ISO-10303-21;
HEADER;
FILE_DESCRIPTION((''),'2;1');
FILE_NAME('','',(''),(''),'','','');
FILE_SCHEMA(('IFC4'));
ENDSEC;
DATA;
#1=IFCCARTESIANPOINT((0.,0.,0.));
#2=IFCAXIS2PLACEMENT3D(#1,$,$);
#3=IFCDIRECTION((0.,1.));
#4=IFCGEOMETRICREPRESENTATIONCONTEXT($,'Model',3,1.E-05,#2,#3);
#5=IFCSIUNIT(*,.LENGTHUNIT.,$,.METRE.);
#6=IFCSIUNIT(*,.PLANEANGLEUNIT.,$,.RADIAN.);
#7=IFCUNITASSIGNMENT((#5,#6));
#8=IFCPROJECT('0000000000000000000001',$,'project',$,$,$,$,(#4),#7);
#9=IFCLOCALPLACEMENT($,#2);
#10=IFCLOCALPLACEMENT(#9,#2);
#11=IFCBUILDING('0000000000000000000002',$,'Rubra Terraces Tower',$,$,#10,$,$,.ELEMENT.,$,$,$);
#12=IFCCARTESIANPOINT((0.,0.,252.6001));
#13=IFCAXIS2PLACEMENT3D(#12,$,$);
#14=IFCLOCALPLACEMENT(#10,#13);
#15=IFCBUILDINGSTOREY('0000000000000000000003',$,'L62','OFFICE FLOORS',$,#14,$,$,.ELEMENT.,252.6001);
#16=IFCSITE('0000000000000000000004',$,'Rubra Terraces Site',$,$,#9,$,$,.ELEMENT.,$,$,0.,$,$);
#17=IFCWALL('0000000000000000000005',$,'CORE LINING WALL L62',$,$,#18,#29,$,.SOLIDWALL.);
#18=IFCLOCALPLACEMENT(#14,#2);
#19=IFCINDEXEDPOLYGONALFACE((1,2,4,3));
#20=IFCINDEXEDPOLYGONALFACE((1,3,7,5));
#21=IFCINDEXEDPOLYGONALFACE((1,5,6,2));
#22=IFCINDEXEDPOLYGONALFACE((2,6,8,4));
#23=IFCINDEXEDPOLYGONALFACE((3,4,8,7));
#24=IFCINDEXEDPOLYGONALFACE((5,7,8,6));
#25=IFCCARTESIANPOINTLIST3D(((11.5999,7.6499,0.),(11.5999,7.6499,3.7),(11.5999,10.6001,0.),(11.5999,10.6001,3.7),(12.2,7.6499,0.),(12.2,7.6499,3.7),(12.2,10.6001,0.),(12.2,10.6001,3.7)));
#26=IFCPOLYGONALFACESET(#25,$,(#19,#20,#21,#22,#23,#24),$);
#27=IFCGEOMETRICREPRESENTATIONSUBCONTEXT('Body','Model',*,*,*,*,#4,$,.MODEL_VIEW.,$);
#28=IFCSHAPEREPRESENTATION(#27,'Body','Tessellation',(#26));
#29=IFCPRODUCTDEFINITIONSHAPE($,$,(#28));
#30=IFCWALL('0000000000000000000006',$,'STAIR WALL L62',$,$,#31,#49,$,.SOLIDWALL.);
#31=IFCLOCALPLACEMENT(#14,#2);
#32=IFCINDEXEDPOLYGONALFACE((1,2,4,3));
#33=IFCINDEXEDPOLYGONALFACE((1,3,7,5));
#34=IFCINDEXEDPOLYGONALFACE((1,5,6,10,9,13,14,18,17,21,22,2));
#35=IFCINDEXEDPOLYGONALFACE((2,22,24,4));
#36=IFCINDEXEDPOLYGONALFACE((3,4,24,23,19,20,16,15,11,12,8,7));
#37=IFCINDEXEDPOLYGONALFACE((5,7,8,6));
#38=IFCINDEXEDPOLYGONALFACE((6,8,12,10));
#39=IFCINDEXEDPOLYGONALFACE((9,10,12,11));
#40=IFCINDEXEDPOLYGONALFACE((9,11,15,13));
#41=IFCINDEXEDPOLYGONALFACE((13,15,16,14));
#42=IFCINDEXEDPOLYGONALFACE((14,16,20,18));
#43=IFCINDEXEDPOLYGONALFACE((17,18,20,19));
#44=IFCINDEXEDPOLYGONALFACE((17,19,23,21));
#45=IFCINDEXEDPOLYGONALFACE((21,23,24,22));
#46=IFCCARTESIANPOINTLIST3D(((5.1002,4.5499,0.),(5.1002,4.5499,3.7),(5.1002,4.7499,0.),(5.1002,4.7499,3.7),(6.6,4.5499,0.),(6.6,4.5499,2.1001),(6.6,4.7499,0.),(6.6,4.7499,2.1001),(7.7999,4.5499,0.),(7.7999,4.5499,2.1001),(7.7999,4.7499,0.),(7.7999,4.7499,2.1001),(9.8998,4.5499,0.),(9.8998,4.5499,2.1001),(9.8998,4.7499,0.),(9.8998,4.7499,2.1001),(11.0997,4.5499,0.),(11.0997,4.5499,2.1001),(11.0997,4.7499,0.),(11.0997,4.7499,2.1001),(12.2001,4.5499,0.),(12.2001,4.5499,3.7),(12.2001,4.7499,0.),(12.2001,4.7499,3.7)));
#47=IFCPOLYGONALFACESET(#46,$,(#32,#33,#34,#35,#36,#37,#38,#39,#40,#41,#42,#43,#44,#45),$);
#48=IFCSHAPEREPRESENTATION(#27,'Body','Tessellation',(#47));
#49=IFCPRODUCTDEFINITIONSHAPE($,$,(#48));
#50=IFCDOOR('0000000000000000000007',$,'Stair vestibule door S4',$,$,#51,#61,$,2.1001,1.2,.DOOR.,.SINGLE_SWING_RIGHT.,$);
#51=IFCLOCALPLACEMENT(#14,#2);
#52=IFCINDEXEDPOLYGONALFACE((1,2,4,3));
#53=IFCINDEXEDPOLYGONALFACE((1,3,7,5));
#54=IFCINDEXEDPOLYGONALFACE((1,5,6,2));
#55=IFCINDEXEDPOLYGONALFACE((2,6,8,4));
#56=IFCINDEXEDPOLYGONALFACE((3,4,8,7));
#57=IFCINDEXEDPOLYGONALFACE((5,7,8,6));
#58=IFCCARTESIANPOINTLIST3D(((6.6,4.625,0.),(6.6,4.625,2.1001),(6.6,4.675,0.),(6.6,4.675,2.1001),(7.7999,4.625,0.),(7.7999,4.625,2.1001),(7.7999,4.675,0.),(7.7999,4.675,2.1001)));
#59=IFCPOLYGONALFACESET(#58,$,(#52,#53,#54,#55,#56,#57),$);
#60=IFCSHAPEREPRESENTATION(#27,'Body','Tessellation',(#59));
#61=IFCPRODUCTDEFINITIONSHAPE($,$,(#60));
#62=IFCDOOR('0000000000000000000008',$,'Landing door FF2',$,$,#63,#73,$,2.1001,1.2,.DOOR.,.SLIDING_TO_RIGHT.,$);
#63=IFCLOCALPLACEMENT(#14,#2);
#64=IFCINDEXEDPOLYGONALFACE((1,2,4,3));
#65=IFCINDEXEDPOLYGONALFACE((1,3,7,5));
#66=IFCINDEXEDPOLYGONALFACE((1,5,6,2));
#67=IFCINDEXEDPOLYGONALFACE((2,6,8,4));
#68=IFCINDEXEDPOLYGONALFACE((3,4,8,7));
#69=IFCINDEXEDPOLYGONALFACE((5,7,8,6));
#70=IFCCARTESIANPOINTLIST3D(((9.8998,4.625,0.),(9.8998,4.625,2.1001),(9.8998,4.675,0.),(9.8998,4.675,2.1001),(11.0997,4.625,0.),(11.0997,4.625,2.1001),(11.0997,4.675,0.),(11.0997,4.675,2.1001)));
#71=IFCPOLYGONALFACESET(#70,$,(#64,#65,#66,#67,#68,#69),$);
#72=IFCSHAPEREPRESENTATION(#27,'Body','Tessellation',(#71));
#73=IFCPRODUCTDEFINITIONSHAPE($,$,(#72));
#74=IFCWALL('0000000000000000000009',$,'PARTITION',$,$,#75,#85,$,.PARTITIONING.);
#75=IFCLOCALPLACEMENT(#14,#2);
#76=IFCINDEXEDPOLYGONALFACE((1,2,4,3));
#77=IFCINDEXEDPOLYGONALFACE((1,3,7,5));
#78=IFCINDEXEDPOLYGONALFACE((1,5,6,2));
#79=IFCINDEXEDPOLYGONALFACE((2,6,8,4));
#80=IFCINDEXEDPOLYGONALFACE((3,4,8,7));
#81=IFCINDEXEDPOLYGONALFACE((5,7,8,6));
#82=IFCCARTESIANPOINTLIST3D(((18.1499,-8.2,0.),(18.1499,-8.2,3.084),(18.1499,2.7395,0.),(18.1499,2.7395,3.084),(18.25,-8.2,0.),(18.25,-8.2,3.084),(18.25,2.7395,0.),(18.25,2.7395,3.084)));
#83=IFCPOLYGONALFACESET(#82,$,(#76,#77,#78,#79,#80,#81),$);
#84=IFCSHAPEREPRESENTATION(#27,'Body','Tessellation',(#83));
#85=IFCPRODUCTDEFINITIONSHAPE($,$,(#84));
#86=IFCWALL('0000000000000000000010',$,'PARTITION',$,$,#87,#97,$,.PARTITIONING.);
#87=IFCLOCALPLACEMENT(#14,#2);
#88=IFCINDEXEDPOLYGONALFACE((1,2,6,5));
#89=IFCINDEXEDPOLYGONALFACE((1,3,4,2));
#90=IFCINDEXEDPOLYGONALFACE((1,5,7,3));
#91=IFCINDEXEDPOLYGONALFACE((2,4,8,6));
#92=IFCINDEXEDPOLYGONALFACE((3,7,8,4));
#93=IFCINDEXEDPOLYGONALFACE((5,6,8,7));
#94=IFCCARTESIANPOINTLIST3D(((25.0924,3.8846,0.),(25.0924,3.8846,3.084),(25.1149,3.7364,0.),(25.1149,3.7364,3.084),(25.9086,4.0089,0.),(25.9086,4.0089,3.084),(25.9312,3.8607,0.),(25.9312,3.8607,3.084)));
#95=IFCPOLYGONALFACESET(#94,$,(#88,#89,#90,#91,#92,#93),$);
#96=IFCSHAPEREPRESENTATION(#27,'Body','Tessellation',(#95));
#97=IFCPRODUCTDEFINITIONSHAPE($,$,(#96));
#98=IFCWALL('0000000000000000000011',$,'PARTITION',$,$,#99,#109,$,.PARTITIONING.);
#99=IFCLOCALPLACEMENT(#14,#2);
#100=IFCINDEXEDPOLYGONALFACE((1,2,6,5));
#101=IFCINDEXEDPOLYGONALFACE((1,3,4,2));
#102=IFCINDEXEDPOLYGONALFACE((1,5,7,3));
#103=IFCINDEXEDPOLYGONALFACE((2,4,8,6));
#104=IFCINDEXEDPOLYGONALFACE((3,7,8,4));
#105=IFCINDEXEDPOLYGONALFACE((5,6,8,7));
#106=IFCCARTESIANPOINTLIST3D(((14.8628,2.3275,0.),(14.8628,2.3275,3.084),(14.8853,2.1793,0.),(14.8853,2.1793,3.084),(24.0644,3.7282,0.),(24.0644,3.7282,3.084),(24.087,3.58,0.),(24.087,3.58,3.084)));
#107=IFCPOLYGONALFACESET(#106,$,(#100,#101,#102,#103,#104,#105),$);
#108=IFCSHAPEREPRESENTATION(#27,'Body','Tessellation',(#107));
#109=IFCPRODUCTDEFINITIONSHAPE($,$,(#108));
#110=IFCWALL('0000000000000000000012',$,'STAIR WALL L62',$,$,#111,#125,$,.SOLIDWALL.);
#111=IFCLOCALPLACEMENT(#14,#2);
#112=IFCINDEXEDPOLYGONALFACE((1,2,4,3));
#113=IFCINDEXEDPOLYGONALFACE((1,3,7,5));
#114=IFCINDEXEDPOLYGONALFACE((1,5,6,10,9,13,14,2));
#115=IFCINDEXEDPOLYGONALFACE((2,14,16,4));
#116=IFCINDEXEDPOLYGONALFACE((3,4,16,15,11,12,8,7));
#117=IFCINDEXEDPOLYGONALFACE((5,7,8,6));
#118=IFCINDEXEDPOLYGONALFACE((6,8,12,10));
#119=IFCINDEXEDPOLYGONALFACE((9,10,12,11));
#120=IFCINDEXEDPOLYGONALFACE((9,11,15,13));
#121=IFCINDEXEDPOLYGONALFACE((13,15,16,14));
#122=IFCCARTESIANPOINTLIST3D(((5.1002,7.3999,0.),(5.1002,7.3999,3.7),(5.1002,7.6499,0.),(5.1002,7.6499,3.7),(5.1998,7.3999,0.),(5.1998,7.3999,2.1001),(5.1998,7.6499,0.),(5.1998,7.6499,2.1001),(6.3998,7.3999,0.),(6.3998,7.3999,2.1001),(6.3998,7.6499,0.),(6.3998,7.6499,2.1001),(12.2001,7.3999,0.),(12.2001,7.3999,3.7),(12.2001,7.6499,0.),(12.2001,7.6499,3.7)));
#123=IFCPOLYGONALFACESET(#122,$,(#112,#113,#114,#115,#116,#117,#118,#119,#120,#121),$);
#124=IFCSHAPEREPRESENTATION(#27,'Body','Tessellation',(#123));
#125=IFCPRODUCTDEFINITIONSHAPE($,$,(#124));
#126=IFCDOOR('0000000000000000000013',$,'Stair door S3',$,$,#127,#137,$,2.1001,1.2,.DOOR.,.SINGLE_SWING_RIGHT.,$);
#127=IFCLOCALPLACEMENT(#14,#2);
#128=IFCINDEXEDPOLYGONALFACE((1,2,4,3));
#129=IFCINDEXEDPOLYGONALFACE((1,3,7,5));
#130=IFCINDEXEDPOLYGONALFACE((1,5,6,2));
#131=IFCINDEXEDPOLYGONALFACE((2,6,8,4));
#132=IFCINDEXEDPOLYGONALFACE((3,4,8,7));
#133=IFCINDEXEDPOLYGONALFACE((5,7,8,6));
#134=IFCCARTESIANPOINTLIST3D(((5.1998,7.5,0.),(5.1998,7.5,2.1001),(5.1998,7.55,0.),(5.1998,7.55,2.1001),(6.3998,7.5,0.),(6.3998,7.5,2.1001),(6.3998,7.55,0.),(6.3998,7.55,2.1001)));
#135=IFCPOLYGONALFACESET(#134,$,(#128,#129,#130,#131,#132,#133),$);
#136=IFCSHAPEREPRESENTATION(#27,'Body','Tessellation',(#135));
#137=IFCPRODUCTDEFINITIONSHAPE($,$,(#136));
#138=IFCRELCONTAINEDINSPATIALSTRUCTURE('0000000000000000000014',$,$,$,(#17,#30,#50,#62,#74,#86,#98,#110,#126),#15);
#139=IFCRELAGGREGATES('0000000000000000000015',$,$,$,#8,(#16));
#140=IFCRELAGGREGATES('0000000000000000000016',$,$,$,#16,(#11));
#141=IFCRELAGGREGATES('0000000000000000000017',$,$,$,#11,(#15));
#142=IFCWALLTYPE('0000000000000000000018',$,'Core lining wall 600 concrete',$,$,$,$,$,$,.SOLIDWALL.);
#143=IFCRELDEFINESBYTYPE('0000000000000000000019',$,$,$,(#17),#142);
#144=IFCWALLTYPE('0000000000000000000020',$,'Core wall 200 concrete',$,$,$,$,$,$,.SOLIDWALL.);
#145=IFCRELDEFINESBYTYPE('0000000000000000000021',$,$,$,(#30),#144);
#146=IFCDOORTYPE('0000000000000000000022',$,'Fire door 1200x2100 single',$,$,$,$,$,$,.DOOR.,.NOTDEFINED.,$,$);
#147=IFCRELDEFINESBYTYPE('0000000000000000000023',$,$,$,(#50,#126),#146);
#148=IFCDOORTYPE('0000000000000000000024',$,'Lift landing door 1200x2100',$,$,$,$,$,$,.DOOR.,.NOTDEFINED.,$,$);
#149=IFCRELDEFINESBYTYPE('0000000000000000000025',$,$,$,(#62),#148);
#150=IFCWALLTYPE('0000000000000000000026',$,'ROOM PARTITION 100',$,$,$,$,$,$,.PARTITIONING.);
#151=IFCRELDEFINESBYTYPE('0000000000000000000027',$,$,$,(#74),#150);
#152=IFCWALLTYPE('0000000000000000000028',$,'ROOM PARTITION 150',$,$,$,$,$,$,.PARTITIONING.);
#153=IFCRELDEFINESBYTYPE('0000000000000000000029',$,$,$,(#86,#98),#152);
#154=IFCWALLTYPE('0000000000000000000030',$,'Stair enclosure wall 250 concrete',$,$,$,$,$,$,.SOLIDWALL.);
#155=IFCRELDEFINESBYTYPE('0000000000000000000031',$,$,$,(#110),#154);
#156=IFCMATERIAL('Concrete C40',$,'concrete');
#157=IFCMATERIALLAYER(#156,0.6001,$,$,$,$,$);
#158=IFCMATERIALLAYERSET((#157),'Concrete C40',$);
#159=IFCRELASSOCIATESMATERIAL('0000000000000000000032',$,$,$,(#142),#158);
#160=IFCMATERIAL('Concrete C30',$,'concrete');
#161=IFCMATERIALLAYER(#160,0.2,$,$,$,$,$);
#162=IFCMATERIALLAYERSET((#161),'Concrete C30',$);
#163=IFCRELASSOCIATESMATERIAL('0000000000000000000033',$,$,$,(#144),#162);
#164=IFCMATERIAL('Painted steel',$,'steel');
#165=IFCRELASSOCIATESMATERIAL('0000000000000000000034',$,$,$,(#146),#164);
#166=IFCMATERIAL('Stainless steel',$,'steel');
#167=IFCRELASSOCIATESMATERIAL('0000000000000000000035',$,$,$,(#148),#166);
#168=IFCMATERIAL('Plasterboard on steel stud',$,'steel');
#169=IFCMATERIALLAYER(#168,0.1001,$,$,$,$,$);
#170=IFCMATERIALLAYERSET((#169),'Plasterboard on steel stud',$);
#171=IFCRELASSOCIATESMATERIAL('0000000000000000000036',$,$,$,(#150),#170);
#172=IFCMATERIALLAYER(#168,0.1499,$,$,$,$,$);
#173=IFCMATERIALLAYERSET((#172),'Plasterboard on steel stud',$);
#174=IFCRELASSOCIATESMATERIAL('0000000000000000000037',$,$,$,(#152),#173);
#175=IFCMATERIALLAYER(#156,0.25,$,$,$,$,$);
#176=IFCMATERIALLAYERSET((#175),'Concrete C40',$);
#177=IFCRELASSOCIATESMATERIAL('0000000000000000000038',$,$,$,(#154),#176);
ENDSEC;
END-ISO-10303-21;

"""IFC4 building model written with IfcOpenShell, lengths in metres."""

from ifc_helpers import new_model, si_unit, direction, frame, frame_2d, origin, place, context, subcontext, project, spatial, rectangle, extrude, material, layer, layer_set, type_object, element, fill, save


model = new_model("IFC4")

# Units and contexts
model_context = context("Model", 3, precision=1e-05, world=origin(), true_north=direction((0.0, 1.0)))
body_context = subcontext(model_context, "Body", "Model", "MODEL_VIEW")
ifc_project = project(units=[si_unit("LENGTHUNIT", "METRE"), si_unit("PLANEANGLEUNIT", "RADIAN")], contexts=[model_context])

# Site, building, storey
site_placement = place(None, origin())
site = spatial("IfcSite", under=ifc_project, at=site_placement, Name="Rubra Terraces Site", CompositionType="ELEMENT", RefElevation=0.0)
building_placement = place(site_placement, origin())
building = spatial("IfcBuilding", under=site, at=building_placement, Name="Rubra Terraces Tower", CompositionType="ELEMENT")
storey_placement = place(building_placement, frame((0.0, 0.0, 252.6001)))
storey = spatial("IfcBuildingStorey", under=building, at=storey_placement, Name="L62", Description="OFFICE FLOORS", CompositionType="ELEMENT", Elevation=252.6001)

# Wall
ifc_material_1 = material(Name="Concrete C40", Category="concrete")
ifc_layer_1 = layer(ifc_material_1, 0.6001)
ifc_layer_set_1 = layer_set([ifc_layer_1], Name="Concrete C40")
wall_type_1 = type_object("IfcWallType", Name="Core lining wall 600 concrete", PredefinedType="SOLIDWALL", material=ifc_layer_set_1)
wall_1_placement = place(storey_placement, frame((11.8999, 10.6001, 0.0), z_axis=(0.0, 0.0, 1.0), x_axis=(0.0, -1.0, 0.0)))
element("IfcWall", 1, at=wall_1_placement, inside=storey, type_object=wall_type_1, Name="CORE LINING WALL L62", PredefinedType="SOLIDWALL", context=body_context, shape_type="SweptSolid", body=[
    extrude(rectangle(XDim=2.9502, YDim=0.6001, at=frame_2d((1.4751, 0.0))), origin(), (0.0, 0.0, 1.0), 3.7),
])

# Wall, openings, doors
ifc_material_2 = material(Name="Concrete C30", Category="concrete")
ifc_layer_2 = layer(ifc_material_2, 0.2)
ifc_layer_set_2 = layer_set([ifc_layer_2], Name="Concrete C30")
wall_type_2 = type_object("IfcWallType", Name="Core wall 200 concrete", PredefinedType="SOLIDWALL", material=ifc_layer_set_2)
wall_2_placement = place(storey_placement, frame((12.2, 4.6499, 0.0), z_axis=(0.0, 0.0, 1.0), x_axis=(-1.0, 0.0, 0.0)))
wall_2 = element("IfcWall", 2, at=wall_2_placement, inside=storey, type_object=wall_type_2, Name="STAIR WALL L62", PredefinedType="SOLIDWALL", context=body_context, shape_type="SweptSolid", body=[
    extrude(rectangle(XDim=7.0999, YDim=0.2, at=frame_2d((3.5498, 0.0))), origin(), (0.0, 0.0, 1.0), 3.7),
])
opening_1_placement = place(wall_2_placement, frame((4.3999, 0.0, 0.0)))
opening_1 = element("IfcOpeningElement", 3, at=opening_1_placement, cuts=wall_2, PredefinedType="OPENING", context=body_context, shape_type="SweptSolid", body=[
    extrude(rectangle(XDim=1.2, YDim=2.1001, at=frame_2d((0.6001, 1.05))), frame((0.0, 0.1099, 0.0), z_axis=(0.0, -1.0, 0.0), x_axis=(1.0, 0.0, 0.0)), (0.0, 0.0, 1.0), 0.22),
])
opening_2_placement = place(wall_2_placement, frame((1.1001, 0.0, 0.0)))
opening_2 = element("IfcOpeningElement", 4, at=opening_2_placement, cuts=wall_2, PredefinedType="OPENING", context=body_context, shape_type="SweptSolid", body=[
    extrude(rectangle(XDim=1.2, YDim=2.1001, at=frame_2d((0.6001, 1.05))), frame((0.0, 0.1099, 0.0), z_axis=(0.0, -1.0, 0.0), x_axis=(1.0, 0.0, 0.0)), (0.0, 0.0, 1.0), 0.22),
])
ifc_material_3 = material(Name="Painted steel", Category="steel")
door_type_1 = type_object("IfcDoorType", Name="Fire door 1200x2100 single", OperationType="NOTDEFINED", PredefinedType="DOOR", material=ifc_material_3)
door_1_placement = place(opening_1_placement, origin())
door_1 = element("IfcDoor", 5, at=door_1_placement, inside=storey, type_object=door_type_1, Name="Stair vestibule door S4", OperationType="SINGLE_SWING_RIGHT", OverallHeight=2.1001, OverallWidth=1.2, PredefinedType="DOOR", context=body_context, shape_type="SweptSolid", body=[
    extrude(rectangle(XDim=1.2, YDim=2.1001, at=frame_2d((0.6001, 1.05))), frame((0.0, 0.0249, 0.0), z_axis=(0.0, -1.0, 0.0), x_axis=(1.0, 0.0, 0.0)), (0.0, 0.0, 1.0), 0.05),
])
fill(opening_1, door_1)
ifc_material_4 = material(Name="Stainless steel", Category="steel")
door_type_2 = type_object("IfcDoorType", Name="Lift landing door 1200x2100", OperationType="NOTDEFINED", PredefinedType="DOOR", material=ifc_material_4)
door_2_placement = place(opening_2_placement, origin())
door_2 = element("IfcDoor", 6, at=door_2_placement, inside=storey, type_object=door_type_2, Name="Landing door FF2", OperationType="SLIDING_TO_RIGHT", OverallHeight=2.1001, OverallWidth=1.2, PredefinedType="DOOR", context=body_context, shape_type="SweptSolid", body=[
    extrude(rectangle(XDim=1.2, YDim=2.1001, at=frame_2d((0.6001, 1.05))), frame((0.0, 0.0249, 0.0), z_axis=(0.0, -1.0, 0.0), x_axis=(1.0, 0.0, 0.0)), (0.0, 0.0, 1.0), 0.05),
])
fill(opening_2, door_2)

# Walls
ifc_material_5 = material(Name="Plasterboard on steel stud", Category="steel")
ifc_layer_3 = layer(ifc_material_5, 0.1001)
ifc_layer_set_3 = layer_set([ifc_layer_3], Name="Plasterboard on steel stud")
wall_type_3 = type_object("IfcWallType", Name="ROOM PARTITION 100", PredefinedType="PARTITIONING", material=ifc_layer_set_3)
wall_3_placement = place(storey_placement, frame((18.2, 2.7395, 0.0), z_axis=(0.0, 0.0, 1.0), x_axis=(0.0, -1.0, 0.0)))
element("IfcWall", 7, at=wall_3_placement, inside=storey, type_object=wall_type_3, Name="PARTITION", PredefinedType="PARTITIONING", context=body_context, shape_type="SweptSolid", body=[
    extrude(rectangle(XDim=10.9395, YDim=0.1001, at=frame_2d((5.4697, 0.0))), origin(), (0.0, 0.0, 1.0), 3.084),
])
ifc_layer_4 = layer(ifc_material_5, 0.1499)
ifc_layer_set_4 = layer_set([ifc_layer_4], Name="Plasterboard on steel stud")
wall_type_4 = type_object("IfcWallType", Name="ROOM PARTITION 150", PredefinedType="PARTITIONING", material=ifc_layer_set_4)
wall_4_placement = place(storey_placement, frame((25.9199, 3.9348, 0.0), z_axis=(0.0, 0.0, 1.0), x_axis=(-0.988606, -0.150524, 0.0)))
element("IfcWall", 8, at=wall_4_placement, inside=storey, type_object=wall_type_4, Name="PARTITION", PredefinedType="PARTITIONING", context=body_context, shape_type="SweptSolid", body=[
    extrude(rectangle(XDim=0.8257, YDim=0.1499, at=frame_2d((0.4128, 0.0))), origin(), (0.0, 0.0, 1.0), 3.084),
])
wall_5_placement = place(storey_placement, frame((24.0757, 3.6541, 0.0), z_axis=(0.0, 0.0, 1.0), x_axis=(-0.988613, -0.150482, 0.0)))
element("IfcWall", 9, at=wall_5_placement, inside=storey, type_object=wall_type_4, Name="PARTITION", PredefinedType="PARTITIONING", context=body_context, shape_type="SweptSolid", body=[
    extrude(rectangle(XDim=9.3076, YDim=0.1499, at=frame_2d((4.6538, 0.0))), origin(), (0.0, 0.0, 1.0), 3.084),
])

# Wall, opening, door
ifc_layer_5 = layer(ifc_material_1, 0.25)
ifc_layer_set_5 = layer_set([ifc_layer_5], Name="Concrete C40")
wall_type_5 = type_object("IfcWallType", Name="Stair enclosure wall 250 concrete", PredefinedType="SOLIDWALL", material=ifc_layer_set_5)
wall_6_placement = place(storey_placement, frame((12.2, 7.5249, 0.0), z_axis=(0.0, 0.0, 1.0), x_axis=(-1.0, 0.0, 0.0)))
wall_6 = element("IfcWall", 10, at=wall_6_placement, inside=storey, type_object=wall_type_5, Name="STAIR WALL L62", PredefinedType="SOLIDWALL", context=body_context, shape_type="SweptSolid", body=[
    extrude(rectangle(XDim=7.0999, YDim=0.25, at=frame_2d((3.5498, 0.0))), origin(), (0.0, 0.0, 1.0), 3.7),
])
opening_3_placement = place(wall_6_placement, frame((5.8, 0.0, 0.0)))
opening_3 = element("IfcOpeningElement", 11, at=opening_3_placement, cuts=wall_6, PredefinedType="OPENING", context=body_context, shape_type="SweptSolid", body=[
    extrude(rectangle(XDim=1.2, YDim=2.1001, at=frame_2d((0.6001, 1.05))), frame((0.0, 0.135, 0.0), z_axis=(0.0, -1.0, 0.0), x_axis=(1.0, 0.0, 0.0)), (0.0, 0.0, 1.0), 0.27),
])
door_3_placement = place(opening_3_placement, origin())
door_3 = element("IfcDoor", 12, at=door_3_placement, inside=storey, type_object=door_type_1, Name="Stair door S3", OperationType="SINGLE_SWING_RIGHT", OverallHeight=2.1001, OverallWidth=1.2, PredefinedType="DOOR", context=body_context, shape_type="SweptSolid", body=[
    extrude(rectangle(XDim=1.2, YDim=2.1001, at=frame_2d((0.6001, 1.05))), frame((0.0, 0.0249, 0.0), z_axis=(0.0, -1.0, 0.0), x_axis=(1.0, 0.0, 0.0)), (0.0, 0.0, 1.0), 0.05),
])
fill(opening_3, door_3)

save(model, "model.ifc")
